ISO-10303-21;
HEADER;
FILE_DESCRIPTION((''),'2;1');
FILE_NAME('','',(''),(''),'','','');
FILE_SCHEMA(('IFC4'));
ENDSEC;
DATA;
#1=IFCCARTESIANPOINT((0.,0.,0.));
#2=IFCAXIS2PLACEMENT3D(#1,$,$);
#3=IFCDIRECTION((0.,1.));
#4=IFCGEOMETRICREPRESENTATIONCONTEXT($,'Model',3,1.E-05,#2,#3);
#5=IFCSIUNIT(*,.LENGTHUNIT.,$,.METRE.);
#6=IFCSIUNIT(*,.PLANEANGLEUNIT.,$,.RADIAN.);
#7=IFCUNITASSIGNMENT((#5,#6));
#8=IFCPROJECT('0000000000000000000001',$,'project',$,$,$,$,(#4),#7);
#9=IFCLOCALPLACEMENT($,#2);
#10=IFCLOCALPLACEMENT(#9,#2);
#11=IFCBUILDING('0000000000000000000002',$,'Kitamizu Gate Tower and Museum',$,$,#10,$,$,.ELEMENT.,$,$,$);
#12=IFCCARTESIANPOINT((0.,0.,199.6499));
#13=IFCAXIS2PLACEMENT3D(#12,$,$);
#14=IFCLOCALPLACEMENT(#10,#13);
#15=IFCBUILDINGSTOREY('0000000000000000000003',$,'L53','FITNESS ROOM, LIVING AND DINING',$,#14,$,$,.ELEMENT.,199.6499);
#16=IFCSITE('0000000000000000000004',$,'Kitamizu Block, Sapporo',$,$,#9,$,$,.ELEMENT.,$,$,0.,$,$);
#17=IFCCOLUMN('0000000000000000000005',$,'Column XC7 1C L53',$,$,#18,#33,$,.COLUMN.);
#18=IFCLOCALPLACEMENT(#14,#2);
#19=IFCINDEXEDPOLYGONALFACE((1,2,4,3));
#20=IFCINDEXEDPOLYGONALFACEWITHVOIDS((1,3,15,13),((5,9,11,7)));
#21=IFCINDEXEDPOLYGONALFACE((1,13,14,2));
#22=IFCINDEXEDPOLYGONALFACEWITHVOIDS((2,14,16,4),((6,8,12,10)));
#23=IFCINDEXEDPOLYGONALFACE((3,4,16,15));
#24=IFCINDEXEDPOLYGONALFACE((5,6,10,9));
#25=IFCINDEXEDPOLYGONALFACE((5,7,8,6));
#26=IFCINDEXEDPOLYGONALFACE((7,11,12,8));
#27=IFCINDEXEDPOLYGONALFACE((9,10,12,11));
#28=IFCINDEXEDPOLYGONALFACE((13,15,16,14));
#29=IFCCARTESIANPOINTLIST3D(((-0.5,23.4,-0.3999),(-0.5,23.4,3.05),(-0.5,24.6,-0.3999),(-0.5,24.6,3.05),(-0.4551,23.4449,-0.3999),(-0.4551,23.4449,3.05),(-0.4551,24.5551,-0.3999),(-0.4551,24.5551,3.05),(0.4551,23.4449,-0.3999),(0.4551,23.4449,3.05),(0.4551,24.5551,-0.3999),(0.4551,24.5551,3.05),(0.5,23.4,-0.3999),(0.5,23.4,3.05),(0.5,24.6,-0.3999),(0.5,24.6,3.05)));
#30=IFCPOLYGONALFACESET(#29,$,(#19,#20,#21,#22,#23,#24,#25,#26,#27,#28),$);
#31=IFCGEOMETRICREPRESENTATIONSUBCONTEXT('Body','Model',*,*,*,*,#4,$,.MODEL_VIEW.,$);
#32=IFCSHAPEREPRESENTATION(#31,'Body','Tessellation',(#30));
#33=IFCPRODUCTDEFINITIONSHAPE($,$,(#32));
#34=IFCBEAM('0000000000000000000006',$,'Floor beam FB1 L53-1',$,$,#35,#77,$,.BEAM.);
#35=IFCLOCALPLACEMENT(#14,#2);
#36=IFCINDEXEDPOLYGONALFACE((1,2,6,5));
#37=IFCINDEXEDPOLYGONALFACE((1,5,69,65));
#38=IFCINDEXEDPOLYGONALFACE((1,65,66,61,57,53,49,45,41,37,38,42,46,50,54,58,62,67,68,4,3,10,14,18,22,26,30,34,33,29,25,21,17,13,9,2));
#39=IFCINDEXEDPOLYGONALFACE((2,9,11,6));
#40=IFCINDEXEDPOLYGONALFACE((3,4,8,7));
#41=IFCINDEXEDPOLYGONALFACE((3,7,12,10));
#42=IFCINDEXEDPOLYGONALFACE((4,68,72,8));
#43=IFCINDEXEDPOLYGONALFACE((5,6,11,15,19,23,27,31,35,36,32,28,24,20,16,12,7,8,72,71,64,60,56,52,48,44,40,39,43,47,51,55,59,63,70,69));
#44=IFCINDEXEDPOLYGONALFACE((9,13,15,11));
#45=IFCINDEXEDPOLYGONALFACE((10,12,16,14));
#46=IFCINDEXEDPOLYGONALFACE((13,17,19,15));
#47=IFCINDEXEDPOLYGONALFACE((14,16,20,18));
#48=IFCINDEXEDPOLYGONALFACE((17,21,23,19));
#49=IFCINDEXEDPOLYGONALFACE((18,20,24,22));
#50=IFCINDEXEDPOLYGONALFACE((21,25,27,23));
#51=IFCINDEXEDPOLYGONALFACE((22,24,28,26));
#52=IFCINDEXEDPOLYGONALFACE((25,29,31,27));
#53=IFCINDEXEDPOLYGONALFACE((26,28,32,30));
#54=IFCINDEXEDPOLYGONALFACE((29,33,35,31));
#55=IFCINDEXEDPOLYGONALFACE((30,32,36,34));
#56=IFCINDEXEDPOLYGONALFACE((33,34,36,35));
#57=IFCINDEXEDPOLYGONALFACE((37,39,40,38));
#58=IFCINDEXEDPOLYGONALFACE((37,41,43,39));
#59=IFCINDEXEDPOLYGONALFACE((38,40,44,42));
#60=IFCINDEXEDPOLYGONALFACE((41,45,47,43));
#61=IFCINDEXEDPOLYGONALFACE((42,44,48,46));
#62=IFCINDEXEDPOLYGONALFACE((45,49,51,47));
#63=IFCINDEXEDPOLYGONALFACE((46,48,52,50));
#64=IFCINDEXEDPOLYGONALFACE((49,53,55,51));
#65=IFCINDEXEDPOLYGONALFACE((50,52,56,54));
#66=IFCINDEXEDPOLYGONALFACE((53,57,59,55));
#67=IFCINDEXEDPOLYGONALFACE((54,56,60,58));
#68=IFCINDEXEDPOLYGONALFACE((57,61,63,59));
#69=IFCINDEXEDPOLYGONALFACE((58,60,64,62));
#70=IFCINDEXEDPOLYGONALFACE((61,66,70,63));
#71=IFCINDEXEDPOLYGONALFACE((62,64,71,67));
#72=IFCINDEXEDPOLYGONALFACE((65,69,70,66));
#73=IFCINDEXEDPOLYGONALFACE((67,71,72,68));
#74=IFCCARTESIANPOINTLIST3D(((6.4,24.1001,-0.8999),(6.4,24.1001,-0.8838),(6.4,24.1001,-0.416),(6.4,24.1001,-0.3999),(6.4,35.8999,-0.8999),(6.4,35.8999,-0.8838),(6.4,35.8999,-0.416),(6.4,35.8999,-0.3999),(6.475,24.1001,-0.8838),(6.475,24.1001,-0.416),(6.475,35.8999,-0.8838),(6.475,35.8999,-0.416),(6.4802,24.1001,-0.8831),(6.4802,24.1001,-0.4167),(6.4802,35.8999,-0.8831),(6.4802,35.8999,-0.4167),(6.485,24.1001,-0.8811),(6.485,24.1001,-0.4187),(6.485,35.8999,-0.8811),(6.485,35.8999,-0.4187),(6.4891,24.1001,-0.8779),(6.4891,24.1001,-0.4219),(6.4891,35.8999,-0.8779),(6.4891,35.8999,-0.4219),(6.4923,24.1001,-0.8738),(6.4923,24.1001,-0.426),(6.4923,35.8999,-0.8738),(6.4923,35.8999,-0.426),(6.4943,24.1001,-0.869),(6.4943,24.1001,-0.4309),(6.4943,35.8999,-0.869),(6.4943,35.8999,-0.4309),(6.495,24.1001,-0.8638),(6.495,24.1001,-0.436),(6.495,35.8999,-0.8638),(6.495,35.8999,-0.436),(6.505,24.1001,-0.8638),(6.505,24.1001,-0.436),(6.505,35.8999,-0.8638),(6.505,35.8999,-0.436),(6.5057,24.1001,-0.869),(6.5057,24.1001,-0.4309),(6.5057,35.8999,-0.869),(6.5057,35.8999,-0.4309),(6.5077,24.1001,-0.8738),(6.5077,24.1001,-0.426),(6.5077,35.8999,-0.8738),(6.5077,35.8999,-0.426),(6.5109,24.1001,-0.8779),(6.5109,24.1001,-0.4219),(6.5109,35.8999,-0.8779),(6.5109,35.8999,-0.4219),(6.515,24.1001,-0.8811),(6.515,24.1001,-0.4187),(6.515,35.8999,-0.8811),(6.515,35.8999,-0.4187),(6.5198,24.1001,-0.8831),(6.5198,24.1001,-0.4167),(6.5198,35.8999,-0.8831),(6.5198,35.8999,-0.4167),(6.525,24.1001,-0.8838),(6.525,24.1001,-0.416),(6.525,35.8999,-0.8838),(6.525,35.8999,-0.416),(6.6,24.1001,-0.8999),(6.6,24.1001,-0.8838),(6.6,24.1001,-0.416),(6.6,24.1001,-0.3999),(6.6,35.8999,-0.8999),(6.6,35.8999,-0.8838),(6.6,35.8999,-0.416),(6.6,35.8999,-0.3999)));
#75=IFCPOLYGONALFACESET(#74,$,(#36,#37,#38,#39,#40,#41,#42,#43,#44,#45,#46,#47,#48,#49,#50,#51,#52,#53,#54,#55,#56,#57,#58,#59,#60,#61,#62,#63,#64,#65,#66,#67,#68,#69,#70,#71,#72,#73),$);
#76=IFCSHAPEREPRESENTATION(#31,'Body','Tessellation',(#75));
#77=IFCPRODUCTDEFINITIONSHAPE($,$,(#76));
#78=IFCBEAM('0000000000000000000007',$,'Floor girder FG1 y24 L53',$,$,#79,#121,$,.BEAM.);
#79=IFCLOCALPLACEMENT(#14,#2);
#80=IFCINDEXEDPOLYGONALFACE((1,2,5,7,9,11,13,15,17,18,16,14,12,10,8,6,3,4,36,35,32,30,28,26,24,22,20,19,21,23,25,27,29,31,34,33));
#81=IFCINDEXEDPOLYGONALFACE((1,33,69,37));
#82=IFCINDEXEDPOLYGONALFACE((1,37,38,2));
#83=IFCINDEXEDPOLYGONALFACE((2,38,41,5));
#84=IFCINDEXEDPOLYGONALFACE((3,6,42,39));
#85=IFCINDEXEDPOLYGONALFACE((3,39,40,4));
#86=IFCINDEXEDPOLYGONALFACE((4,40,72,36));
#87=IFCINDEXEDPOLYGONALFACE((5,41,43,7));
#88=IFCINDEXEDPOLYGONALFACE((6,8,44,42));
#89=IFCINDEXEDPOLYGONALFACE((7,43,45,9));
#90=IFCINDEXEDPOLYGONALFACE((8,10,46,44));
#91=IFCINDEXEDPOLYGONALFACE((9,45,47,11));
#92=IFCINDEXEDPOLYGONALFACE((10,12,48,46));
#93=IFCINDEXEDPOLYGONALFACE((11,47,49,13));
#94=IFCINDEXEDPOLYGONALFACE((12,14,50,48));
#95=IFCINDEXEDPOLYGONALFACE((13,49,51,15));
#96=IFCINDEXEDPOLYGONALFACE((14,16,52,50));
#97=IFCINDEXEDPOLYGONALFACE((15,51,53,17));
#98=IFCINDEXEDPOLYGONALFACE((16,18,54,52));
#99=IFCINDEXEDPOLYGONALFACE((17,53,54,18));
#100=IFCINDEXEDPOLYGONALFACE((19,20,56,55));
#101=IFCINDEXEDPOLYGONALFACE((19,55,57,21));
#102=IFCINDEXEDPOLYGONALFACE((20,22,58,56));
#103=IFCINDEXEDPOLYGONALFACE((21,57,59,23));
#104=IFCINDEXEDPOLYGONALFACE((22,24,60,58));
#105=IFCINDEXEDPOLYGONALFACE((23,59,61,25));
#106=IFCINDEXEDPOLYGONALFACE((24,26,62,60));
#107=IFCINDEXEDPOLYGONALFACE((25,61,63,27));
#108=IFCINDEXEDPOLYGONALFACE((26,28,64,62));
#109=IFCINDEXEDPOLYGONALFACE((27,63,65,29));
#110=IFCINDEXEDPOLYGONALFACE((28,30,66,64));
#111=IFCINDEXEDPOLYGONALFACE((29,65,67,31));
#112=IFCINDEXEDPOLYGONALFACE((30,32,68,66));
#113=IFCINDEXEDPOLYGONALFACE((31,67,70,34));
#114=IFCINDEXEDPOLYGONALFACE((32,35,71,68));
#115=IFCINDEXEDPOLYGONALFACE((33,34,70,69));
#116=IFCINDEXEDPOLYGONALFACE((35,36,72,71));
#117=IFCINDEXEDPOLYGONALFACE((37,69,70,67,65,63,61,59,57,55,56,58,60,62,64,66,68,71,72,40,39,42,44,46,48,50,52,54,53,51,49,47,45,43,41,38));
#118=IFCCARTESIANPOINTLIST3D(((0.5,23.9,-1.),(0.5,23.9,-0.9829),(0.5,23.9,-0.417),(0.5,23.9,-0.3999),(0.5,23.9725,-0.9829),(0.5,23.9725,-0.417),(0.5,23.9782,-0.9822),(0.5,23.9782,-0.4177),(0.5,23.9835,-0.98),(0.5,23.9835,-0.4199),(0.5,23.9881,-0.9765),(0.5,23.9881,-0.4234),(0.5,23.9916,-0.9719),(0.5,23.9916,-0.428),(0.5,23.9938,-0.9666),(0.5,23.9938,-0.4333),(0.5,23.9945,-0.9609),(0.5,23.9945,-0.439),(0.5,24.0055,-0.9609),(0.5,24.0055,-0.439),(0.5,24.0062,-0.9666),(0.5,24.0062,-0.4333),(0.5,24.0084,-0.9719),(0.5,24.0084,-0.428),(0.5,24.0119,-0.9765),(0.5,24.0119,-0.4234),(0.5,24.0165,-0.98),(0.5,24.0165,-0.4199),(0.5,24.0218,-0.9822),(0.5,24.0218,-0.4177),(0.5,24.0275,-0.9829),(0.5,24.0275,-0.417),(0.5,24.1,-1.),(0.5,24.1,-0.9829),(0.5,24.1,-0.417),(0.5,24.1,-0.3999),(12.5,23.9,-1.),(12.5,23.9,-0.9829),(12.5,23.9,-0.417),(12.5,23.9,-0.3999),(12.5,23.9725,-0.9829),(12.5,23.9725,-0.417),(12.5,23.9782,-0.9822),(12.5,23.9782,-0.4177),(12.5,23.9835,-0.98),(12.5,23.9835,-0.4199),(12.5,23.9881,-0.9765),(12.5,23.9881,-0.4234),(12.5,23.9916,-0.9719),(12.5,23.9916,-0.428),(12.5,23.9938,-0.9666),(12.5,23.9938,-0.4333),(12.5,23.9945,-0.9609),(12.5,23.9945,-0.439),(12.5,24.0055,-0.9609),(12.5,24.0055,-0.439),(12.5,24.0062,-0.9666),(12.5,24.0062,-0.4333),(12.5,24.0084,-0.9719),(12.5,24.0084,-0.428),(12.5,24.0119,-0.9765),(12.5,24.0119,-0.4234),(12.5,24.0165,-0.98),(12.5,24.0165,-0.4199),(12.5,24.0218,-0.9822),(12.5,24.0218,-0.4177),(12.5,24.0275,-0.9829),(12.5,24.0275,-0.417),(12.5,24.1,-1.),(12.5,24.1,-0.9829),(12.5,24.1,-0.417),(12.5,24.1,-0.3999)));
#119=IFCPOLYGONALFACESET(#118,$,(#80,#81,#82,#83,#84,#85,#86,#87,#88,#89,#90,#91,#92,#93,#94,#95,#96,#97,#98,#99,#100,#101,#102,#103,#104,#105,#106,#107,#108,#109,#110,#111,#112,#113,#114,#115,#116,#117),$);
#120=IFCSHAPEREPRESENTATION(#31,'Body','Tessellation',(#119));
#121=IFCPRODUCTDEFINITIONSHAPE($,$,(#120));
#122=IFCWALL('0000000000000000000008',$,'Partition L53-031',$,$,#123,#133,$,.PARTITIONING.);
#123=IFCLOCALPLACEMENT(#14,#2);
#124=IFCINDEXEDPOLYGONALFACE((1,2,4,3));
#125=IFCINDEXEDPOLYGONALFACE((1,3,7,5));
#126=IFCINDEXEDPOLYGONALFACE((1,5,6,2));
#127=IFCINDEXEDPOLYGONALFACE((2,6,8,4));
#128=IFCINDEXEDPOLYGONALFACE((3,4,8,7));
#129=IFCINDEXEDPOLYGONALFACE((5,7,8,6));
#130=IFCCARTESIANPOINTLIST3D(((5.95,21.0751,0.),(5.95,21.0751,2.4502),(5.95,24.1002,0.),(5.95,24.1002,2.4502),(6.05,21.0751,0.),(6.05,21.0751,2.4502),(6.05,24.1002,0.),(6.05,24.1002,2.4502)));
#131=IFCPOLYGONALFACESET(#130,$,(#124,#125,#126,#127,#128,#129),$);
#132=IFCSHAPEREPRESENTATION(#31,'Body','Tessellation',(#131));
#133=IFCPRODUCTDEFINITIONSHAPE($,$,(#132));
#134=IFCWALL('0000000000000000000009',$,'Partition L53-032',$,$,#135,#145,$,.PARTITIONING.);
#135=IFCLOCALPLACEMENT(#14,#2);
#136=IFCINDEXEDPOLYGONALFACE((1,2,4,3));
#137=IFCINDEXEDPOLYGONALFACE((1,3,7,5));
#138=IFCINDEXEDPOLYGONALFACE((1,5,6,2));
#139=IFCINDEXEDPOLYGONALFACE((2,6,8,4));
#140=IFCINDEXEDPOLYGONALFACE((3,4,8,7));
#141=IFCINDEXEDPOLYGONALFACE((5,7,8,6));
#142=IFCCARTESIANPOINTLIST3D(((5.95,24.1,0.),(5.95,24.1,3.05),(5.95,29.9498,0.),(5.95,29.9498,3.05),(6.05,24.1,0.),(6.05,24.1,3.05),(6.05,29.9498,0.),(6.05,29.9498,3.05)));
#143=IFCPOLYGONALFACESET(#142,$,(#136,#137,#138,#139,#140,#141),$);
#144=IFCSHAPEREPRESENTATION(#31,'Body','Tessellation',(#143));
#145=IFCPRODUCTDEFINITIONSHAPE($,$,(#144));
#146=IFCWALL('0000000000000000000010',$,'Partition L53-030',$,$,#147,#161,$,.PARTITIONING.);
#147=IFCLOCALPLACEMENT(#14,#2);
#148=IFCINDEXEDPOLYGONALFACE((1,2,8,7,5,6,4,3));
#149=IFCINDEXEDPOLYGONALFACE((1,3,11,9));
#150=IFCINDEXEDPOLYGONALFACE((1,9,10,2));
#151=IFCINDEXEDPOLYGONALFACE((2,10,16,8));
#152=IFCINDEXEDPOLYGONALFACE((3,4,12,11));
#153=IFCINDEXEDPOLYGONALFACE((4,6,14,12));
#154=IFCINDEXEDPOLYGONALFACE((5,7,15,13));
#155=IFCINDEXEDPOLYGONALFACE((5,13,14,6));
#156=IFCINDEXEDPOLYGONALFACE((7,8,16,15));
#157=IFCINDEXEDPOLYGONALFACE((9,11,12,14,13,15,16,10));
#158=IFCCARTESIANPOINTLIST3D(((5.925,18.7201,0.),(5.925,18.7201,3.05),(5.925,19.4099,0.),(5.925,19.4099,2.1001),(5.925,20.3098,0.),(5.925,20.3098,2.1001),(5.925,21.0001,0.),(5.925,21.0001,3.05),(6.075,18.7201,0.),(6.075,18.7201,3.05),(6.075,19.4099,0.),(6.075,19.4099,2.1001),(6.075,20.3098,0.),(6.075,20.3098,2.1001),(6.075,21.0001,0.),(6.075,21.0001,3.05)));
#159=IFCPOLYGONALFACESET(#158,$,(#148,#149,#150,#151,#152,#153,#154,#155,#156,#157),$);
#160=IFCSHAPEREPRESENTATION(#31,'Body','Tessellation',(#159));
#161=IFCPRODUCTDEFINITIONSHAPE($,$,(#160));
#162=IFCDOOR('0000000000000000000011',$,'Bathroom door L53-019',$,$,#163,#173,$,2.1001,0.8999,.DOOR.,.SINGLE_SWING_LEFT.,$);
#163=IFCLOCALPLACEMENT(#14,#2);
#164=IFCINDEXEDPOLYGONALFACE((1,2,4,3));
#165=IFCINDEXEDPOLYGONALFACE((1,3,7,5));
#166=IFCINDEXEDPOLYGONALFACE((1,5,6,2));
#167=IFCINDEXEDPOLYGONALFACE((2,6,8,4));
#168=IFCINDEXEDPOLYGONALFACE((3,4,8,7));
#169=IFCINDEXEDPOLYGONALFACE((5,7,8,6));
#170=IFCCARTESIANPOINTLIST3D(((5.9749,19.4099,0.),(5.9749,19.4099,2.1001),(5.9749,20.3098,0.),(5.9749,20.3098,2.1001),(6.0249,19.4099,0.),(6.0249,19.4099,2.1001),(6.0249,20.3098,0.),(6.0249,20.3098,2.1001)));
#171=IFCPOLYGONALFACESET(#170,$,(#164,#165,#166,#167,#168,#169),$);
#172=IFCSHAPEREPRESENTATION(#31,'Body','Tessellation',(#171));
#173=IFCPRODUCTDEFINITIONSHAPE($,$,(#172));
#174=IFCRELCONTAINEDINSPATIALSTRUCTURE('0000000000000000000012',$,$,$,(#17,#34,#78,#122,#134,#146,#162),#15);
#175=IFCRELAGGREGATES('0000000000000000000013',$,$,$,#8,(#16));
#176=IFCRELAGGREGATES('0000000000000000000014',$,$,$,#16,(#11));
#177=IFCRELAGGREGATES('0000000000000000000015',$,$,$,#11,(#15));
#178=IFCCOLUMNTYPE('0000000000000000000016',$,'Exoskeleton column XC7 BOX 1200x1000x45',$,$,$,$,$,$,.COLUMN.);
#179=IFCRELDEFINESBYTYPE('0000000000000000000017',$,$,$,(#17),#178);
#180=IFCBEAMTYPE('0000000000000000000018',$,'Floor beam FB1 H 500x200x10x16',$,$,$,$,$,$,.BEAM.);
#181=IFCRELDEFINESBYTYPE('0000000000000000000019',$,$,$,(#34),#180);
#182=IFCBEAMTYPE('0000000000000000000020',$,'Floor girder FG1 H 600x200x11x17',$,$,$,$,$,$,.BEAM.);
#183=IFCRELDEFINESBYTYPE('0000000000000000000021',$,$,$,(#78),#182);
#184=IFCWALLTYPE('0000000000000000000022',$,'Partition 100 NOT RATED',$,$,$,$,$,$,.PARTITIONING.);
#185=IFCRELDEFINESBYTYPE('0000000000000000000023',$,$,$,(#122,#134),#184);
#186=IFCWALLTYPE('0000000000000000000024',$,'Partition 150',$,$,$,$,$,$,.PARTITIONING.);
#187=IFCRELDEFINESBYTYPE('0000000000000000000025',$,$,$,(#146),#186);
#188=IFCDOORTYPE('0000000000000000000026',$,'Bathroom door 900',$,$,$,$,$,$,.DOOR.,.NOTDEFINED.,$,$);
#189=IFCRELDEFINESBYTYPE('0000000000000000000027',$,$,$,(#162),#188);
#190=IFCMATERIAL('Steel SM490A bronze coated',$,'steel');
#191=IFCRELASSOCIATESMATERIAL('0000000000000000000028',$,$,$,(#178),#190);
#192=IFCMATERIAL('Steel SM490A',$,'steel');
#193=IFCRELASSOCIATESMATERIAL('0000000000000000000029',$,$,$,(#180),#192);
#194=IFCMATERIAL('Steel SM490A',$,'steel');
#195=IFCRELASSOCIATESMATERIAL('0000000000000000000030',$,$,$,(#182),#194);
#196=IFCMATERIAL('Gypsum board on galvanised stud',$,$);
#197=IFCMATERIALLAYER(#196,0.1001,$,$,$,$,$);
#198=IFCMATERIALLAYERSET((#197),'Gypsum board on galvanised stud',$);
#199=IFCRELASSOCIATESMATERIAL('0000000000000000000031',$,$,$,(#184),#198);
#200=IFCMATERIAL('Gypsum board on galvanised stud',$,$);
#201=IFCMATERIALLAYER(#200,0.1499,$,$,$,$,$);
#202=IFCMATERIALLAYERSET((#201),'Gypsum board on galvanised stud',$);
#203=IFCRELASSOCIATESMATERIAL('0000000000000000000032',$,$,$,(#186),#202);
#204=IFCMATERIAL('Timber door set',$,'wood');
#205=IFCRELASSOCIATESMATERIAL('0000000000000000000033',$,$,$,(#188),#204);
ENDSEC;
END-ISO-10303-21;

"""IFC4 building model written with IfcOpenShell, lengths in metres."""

from ifc_helpers import new_model, si_unit, direction, frame, frame_2d, origin, origin_2d, place, context, subcontext, project, spatial, rectangle, hollow_rectangle, i_section, extrude, material, layer, layer_set, material_profile, profile_set, type_object, element, fill, save


model = new_model("IFC4")

# Units and contexts
model_context = context("Model", 3, precision=1e-05, world=origin(), true_north=direction((0.0, 1.0)))
body_context = subcontext(model_context, "Body", "Model", "MODEL_VIEW")
ifc_project = project(units=[si_unit("LENGTHUNIT", "METRE"), si_unit("PLANEANGLEUNIT", "RADIAN")], contexts=[model_context])

# Site, building, storey
site_placement = place(None, origin())
site = spatial("IfcSite", under=ifc_project, at=site_placement, Name="Kitamizu Block, Sapporo", CompositionType="ELEMENT", RefElevation=0.0)
building_placement = place(site_placement, origin())
building = spatial("IfcBuilding", under=site, at=building_placement, Name="Kitamizu Gate Tower and Museum", CompositionType="ELEMENT")
storey_placement = place(building_placement, frame((0.0, 0.0, 199.6499)))
storey = spatial("IfcBuildingStorey", under=building, at=storey_placement, Name="L53", Description="FITNESS ROOM, LIVING AND DINING", CompositionType="ELEMENT", Elevation=199.6499)

# Column
ifc_material_1 = material(Name="Steel SM490A bronze coated", Category="steel")
ifc_material_profile_1 = material_profile(ifc_material_1, hollow_rectangle(XDim=1.2, YDim=1.0, WallThickness=0.0449, at=origin_2d()), Name="BOX 1200x1000x45")
ifc_profile_set_1 = profile_set([ifc_material_profile_1], Name="Steel SM490A bronze coated")
column_type = type_object("IfcColumnType", Name="Exoskeleton column XC7 BOX 1200x1000x45", PredefinedType="COLUMN", material=ifc_profile_set_1)
column_placement = place(storey_placement, frame((0.0, 24.0, -0.3999), z_axis=(0.0, 0.0, 1.0), x_axis=(0.0, 1.0, 0.0)))
element("IfcColumn", 1, at=column_placement, inside=storey, type_object=column_type, Name="Column XC7 1C L53", PredefinedType="COLUMN", context=body_context, shape_type="SweptSolid", body=[
    extrude(hollow_rectangle(XDim=1.2, YDim=1.0, WallThickness=0.0449, at=origin_2d()), origin(), (0.0, 0.0, 1.0), 3.45),
])

# Beams
ifc_material_2 = material(Name="Steel SM490A", Category="steel")
ifc_material_profile_2 = material_profile(ifc_material_2, i_section(OverallWidth=0.2, OverallDepth=0.5, WebThickness=0.01, FlangeThickness=0.0161, FilletRadius=0.02, at=origin_2d()), Name="H-500x200x10x16")
ifc_profile_set_2 = profile_set([ifc_material_profile_2], Name="Steel SM490A")
beam_type_1 = type_object("IfcBeamType", Name="Floor beam FB1 H 500x200x10x16", PredefinedType="BEAM", material=ifc_profile_set_2)
beam_1_placement = place(storey_placement, frame((6.5, 24.1001, -0.6499), z_axis=(0.0, 1.0, 0.0), x_axis=(-1.0, 0.0, 0.0)))
element("IfcBeam", 2, at=beam_1_placement, inside=storey, type_object=beam_type_1, Name="Floor beam FB1 L53-1", PredefinedType="BEAM", context=body_context, shape_type="SweptSolid", body=[
    extrude(i_section(OverallWidth=0.2, OverallDepth=0.5, WebThickness=0.01, FlangeThickness=0.0161, FilletRadius=0.02, at=origin_2d()), origin(), (0.0, 0.0, 1.0), 11.7998),
])
ifc_material_3 = material(Name="Steel SM490A", Category="steel")
ifc_material_profile_3 = material_profile(ifc_material_3, i_section(OverallWidth=0.2, OverallDepth=0.6001, WebThickness=0.011, FlangeThickness=0.0171, FilletRadius=0.022, at=origin_2d()), Name="H-600x200x11x17")
ifc_profile_set_3 = profile_set([ifc_material_profile_3], Name="Steel SM490A")
beam_type_2 = type_object("IfcBeamType", Name="Floor girder FG1 H 600x200x11x17", PredefinedType="BEAM", material=ifc_profile_set_3)
beam_2_placement = place(storey_placement, frame((0.5, 24.0, -0.7), z_axis=(1.0, 0.0, 0.0), x_axis=(0.0, 1.0, 0.0)))
element("IfcBeam", 3, at=beam_2_placement, inside=storey, type_object=beam_type_2, Name="Floor girder FG1 y24 L53", PredefinedType="BEAM", context=body_context, shape_type="SweptSolid", body=[
    extrude(i_section(OverallWidth=0.2, OverallDepth=0.6001, WebThickness=0.011, FlangeThickness=0.0171, FilletRadius=0.022, at=origin_2d()), origin(), (0.0, 0.0, 1.0), 12.0),
])

# Walls
ifc_material_4 = material(Name="Gypsum board on galvanised stud")
ifc_layer_1 = layer(ifc_material_4, 0.1001)
ifc_layer_set_1 = layer_set([ifc_layer_1], Name="Gypsum board on galvanised stud")
wall_type_1 = type_object("IfcWallType", Name="Partition 100 NOT RATED", PredefinedType="PARTITIONING", material=ifc_layer_set_1)
wall_1_placement = place(storey_placement, frame((6.0, 21.075, 0.0), z_axis=(0.0, 0.0, 1.0), x_axis=(0.0, 1.0, 0.0)))
element("IfcWall", 4, at=wall_1_placement, inside=storey, type_object=wall_type_1, Name="Partition L53-031", PredefinedType="PARTITIONING", context=body_context, shape_type="SweptSolid", body=[
    extrude(rectangle(XDim=3.0251, YDim=0.1001, at=frame_2d((1.5127, 0.0))), origin(), (0.0, 0.0, 1.0), 2.4502),
])
wall_2_placement = place(storey_placement, frame((6.0, 24.1001, 0.0), z_axis=(0.0, 0.0, 1.0), x_axis=(0.0, 1.0, 0.0)))
element("IfcWall", 5, at=wall_2_placement, inside=storey, type_object=wall_type_1, Name="Partition L53-032", PredefinedType="PARTITIONING", context=body_context, shape_type="SweptSolid", body=[
    extrude(rectangle(XDim=5.8499, YDim=0.1001, at=frame_2d((2.9248, 0.0))), origin(), (0.0, 0.0, 1.0), 3.05),
])

# Wall, opening, door
ifc_material_5 = material(Name="Gypsum board on galvanised stud")
ifc_layer_2 = layer(ifc_material_5, 0.1499)
ifc_layer_set_2 = layer_set([ifc_layer_2], Name="Gypsum board on galvanised stud")
wall_type_2 = type_object("IfcWallType", Name="Partition 150", PredefinedType="PARTITIONING", material=ifc_layer_set_2)
wall_3_placement = place(storey_placement, frame((6.0, 18.72, 0.0), z_axis=(0.0, 0.0, 1.0), x_axis=(0.0, 1.0, 0.0)))
wall_3 = element("IfcWall", 6, at=wall_3_placement, inside=storey, type_object=wall_type_2, Name="Partition L53-030", PredefinedType="PARTITIONING", context=body_context, shape_type="SweptSolid", body=[
    extrude(rectangle(XDim=2.28, YDim=0.1499, at=frame_2d((1.1401, 0.0))), origin(), (0.0, 0.0, 1.0), 3.05),
])
opening_1_placement = place(wall_3_placement, frame((0.6899, 0.0, 0.0)))
opening_1 = element("IfcOpeningElement", 7, at=opening_1_placement, cuts=wall_3, PredefinedType="OPENING", context=body_context, shape_type="SweptSolid", body=[
    extrude(rectangle(XDim=0.8999, YDim=2.1001, at=frame_2d((0.45, 1.05))), frame((0.0, 0.085, 0.0), z_axis=(0.0, -1.0, 0.0), x_axis=(1.0, 0.0, 0.0)), (0.0, 0.0, 1.0), 0.1699),
])
ifc_material_6 = material(Name="Timber door set", Category="wood")
door_type = type_object("IfcDoorType", Name="Bathroom door 900", OperationType="NOTDEFINED", PredefinedType="DOOR", material=ifc_material_6)
door_placement = place(opening_1_placement, frame((0.8999, 0.0, 0.0), x_axis=(-1.0, 0.0, 0.0)))
door = element("IfcDoor", 8, at=door_placement, inside=storey, type_object=door_type, Name="Bathroom door L53-019", OperationType="SINGLE_SWING_LEFT", OverallHeight=2.1001, OverallWidth=0.8999, PredefinedType="DOOR", context=body_context, shape_type="SweptSolid", body=[
    extrude(rectangle(XDim=0.8999, YDim=2.1001, at=frame_2d((0.45, 1.05))), frame((0.0, 0.0249, 0.0), z_axis=(0.0, -1.0, 0.0), x_axis=(1.0, 0.0, 0.0)), (0.0, 0.0, 1.0), 0.05),
])
fill(opening_1, door)

save(model, "model.ifc")
